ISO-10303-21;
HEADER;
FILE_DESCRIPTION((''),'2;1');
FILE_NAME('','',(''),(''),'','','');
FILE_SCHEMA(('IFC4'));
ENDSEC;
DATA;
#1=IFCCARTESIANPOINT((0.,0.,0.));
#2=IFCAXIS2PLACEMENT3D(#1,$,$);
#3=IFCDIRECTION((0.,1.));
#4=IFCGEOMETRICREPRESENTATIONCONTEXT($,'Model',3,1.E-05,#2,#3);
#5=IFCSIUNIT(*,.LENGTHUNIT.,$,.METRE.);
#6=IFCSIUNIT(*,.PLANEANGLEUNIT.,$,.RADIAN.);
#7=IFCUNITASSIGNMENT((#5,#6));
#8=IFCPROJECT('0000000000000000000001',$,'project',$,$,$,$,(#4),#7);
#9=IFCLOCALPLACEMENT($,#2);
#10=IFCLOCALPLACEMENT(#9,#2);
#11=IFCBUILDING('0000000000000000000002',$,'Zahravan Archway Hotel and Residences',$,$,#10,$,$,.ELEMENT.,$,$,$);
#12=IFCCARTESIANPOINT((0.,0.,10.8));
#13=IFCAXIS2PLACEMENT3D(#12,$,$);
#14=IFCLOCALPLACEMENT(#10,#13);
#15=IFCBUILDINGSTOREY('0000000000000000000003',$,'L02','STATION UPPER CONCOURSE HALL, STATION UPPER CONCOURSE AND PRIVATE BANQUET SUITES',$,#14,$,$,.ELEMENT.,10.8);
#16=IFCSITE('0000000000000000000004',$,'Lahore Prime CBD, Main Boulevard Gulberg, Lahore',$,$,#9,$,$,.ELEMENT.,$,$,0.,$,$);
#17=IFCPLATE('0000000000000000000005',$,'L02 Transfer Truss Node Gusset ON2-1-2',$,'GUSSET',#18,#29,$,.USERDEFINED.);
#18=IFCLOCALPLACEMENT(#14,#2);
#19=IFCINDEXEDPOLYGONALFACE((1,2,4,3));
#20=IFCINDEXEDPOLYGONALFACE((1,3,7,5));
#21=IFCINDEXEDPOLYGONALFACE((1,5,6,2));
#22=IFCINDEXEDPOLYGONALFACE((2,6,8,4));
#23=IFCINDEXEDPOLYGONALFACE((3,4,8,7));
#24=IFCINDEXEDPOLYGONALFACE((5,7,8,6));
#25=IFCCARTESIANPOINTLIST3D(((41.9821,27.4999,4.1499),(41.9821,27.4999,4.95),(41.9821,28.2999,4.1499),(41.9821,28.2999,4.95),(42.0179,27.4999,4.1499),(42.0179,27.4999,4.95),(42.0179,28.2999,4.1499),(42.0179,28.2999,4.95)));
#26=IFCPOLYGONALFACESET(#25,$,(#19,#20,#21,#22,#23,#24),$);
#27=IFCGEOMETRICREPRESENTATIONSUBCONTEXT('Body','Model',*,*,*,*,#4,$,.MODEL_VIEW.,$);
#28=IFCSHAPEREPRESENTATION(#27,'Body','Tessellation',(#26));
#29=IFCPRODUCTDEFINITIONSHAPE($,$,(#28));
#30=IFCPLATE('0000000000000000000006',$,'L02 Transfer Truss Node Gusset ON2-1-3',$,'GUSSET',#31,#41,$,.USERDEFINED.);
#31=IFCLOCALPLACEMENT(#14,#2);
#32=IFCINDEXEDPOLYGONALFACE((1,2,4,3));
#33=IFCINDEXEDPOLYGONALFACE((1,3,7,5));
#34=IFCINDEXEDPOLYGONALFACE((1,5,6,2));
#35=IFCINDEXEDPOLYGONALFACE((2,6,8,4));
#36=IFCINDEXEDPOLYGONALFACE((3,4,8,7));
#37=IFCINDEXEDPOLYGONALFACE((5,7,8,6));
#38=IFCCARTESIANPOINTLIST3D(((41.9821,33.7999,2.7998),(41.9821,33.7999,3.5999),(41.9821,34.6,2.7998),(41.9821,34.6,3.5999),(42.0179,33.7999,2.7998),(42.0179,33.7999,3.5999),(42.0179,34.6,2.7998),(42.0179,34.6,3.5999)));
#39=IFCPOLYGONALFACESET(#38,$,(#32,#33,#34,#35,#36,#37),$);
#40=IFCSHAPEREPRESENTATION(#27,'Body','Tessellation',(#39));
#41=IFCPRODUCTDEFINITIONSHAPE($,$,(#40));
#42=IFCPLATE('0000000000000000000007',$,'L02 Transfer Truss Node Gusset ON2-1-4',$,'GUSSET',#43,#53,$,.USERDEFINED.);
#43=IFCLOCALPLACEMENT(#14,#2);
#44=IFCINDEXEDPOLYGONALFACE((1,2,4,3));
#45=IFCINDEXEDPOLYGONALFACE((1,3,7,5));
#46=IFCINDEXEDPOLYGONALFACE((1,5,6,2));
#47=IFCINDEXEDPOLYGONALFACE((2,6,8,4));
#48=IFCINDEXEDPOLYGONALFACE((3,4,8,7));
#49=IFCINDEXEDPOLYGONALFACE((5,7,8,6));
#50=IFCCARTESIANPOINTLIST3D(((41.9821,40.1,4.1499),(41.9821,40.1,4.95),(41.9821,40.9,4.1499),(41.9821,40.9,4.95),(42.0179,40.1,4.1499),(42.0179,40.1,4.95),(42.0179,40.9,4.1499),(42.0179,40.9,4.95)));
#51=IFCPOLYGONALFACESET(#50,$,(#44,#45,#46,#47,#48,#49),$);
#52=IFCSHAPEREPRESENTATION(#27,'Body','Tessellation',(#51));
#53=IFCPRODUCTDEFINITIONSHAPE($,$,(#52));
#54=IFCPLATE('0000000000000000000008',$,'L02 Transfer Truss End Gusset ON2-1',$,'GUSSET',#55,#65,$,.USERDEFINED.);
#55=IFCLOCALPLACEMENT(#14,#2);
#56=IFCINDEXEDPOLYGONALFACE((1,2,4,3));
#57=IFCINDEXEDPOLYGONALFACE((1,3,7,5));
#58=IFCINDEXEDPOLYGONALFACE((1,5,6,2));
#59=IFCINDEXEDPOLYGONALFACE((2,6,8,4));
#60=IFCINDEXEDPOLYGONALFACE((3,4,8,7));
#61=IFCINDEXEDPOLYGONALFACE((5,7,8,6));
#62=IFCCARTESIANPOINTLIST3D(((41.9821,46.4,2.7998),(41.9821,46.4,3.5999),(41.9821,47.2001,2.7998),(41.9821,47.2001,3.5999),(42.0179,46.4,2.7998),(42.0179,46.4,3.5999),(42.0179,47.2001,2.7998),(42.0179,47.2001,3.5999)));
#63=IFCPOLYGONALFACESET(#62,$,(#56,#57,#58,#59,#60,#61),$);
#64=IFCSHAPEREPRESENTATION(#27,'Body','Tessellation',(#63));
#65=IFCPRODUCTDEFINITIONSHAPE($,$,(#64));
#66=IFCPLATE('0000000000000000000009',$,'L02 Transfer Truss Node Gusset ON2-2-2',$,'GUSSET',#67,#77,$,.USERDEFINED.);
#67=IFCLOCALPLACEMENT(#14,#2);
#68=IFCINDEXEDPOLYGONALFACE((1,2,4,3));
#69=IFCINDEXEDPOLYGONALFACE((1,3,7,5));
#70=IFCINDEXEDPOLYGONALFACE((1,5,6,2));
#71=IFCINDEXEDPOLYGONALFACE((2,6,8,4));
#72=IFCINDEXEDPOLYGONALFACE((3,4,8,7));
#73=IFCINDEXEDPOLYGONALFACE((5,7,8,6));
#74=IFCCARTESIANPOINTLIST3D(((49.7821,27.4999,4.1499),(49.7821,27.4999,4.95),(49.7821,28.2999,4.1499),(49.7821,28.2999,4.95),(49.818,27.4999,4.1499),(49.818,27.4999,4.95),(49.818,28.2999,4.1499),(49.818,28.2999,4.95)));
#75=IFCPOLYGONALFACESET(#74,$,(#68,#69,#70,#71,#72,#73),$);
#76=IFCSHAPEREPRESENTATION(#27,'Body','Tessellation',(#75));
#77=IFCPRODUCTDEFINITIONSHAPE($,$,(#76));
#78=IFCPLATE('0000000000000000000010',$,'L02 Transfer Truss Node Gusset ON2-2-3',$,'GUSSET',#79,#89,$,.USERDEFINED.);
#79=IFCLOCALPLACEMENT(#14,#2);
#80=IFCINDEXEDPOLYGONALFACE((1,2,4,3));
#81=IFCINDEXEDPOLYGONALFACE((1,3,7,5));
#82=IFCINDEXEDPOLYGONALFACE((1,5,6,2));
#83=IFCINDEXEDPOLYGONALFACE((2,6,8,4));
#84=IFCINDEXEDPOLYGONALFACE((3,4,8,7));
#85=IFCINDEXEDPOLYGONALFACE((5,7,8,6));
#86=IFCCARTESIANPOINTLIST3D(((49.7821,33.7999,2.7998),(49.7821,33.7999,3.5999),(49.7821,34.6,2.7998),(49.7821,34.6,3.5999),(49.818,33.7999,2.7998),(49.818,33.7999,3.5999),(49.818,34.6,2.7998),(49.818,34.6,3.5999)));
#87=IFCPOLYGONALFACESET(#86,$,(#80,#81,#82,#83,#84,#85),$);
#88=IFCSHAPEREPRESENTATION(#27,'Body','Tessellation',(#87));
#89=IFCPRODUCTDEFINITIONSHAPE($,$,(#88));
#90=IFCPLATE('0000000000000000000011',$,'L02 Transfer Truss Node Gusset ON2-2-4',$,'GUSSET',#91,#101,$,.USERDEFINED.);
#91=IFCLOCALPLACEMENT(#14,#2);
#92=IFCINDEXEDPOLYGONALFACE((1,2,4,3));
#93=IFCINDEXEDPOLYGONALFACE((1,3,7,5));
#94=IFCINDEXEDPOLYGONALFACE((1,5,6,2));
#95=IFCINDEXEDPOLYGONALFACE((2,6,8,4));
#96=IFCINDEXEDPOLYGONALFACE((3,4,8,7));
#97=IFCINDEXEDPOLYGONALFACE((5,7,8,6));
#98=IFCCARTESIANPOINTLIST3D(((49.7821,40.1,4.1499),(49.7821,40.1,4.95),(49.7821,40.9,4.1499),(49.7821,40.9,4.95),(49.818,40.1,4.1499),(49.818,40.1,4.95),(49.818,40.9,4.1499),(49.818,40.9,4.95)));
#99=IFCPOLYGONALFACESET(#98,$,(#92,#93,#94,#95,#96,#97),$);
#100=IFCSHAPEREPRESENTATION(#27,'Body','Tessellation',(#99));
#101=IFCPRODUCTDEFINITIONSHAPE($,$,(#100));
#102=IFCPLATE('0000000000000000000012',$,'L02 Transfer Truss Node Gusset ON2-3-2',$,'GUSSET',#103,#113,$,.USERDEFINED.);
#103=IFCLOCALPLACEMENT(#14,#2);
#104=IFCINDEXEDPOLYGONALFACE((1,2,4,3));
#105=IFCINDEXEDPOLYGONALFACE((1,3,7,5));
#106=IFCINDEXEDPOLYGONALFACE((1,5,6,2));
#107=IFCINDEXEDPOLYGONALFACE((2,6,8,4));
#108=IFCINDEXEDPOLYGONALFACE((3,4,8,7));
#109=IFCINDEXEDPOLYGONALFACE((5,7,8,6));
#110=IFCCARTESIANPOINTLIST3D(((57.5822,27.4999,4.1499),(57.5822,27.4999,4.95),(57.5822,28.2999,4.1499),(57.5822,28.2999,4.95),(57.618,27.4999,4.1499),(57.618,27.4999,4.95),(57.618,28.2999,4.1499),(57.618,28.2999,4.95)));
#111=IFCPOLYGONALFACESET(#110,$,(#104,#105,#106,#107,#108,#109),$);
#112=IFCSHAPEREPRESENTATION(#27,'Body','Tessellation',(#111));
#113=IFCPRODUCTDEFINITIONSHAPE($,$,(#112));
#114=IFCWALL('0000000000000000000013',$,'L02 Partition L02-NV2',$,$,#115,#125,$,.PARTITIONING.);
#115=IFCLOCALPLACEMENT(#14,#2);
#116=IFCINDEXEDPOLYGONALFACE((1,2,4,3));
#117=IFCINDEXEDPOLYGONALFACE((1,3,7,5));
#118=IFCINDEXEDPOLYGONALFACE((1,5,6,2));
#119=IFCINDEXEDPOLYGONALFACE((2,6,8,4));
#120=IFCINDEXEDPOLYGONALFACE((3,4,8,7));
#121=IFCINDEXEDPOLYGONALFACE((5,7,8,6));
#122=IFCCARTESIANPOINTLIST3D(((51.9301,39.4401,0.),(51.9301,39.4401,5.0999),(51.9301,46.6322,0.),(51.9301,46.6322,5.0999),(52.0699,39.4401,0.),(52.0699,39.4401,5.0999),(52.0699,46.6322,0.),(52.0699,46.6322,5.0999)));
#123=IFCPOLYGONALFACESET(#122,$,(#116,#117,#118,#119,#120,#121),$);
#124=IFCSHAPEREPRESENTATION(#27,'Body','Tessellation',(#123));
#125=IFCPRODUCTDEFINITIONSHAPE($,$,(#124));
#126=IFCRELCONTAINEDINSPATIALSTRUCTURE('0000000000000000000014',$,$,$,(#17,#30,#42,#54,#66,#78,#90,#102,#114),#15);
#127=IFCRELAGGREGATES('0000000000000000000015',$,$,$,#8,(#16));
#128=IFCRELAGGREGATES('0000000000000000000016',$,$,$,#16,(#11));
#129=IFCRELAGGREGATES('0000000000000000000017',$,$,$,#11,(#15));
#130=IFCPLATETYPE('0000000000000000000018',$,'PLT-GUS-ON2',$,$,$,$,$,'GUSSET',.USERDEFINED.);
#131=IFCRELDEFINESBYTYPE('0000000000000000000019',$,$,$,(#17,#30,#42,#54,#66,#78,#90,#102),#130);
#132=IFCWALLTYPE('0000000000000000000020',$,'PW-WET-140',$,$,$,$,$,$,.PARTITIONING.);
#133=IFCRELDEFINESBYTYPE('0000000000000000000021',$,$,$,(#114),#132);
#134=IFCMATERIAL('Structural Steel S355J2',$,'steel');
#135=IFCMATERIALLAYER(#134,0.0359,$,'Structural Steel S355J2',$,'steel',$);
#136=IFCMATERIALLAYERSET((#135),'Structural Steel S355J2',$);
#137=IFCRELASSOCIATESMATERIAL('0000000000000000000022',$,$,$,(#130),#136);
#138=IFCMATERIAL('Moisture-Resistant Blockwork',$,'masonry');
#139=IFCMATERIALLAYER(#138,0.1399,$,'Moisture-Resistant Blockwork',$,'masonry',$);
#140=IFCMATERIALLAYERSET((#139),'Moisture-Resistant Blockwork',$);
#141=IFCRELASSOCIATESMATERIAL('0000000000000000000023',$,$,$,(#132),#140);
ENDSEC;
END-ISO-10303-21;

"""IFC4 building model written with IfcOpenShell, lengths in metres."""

from ifc_helpers import new_model, si_unit, direction, frame, frame_2d, origin, origin_2d, place, context, subcontext, project, spatial, rectangle, extrude, source, transform, mapped, material, layer, layer_set, type_object, type_shapes, element, save


model = new_model("IFC4")

# Units and contexts
model_context = context("Model", 3, precision=1e-05, world=origin(), true_north=direction((0.0, 1.0)))
body_context = subcontext(model_context, "Body", "Model", "MODEL_VIEW")
ifc_project = project(units=[si_unit("LENGTHUNIT", "METRE"), si_unit("PLANEANGLEUNIT", "RADIAN")], contexts=[model_context])

# Site, building, storey
site_placement = place(None, origin())
site = spatial("IfcSite", under=ifc_project, at=site_placement, Name="Lahore Prime CBD, Main Boulevard Gulberg, Lahore", CompositionType="ELEMENT", RefElevation=0.0)
building_placement = place(site_placement, origin())
building = spatial("IfcBuilding", under=site, at=building_placement, Name="Zahravan Archway Hotel and Residences", CompositionType="ELEMENT")
storey_placement = place(building_placement, frame((0.0, 0.0, 10.8)))
storey = spatial("IfcBuildingStorey", under=building, at=storey_placement, Name="L02", Description="STATION UPPER CONCOURSE HALL, STATION UPPER CONCOURSE AND PRIVATE BANQUET SUITES", CompositionType="ELEMENT", Elevation=10.8)

# Shared definitions
ifc_material_1 = material(Name="Structural Steel S355J2", Category="steel")

# Plates
ifc_layer_1 = layer(ifc_material_1, 0.0359, Name="Structural Steel S355J2", Category="steel")
ifc_layer_set_1 = layer_set([ifc_layer_1], Name="Structural Steel S355J2")
plate_type = type_object("IfcPlateType", Name="PLT-GUS-ON2", ElementType="GUSSET", PredefinedType="USERDEFINED", material=ifc_layer_set_1)
shared_shape_1 = source(origin(), body_context, "Body", "SweptSolid", [
    extrude(rectangle(XDim=0.8, YDim=0.0359, at=origin_2d()), origin(), (0.0, 0.0, 1.0), 0.8),
])
type_shapes(plate_type, [shared_shape_1])
for number, where, z_axis, x_axis, name in (
    (1, (42.0, 27.8999, 4.1499), (0.0, 0.0, 1.0), (0.0, 1.0, 0.0), "L02 Transfer Truss Node Gusset ON2-1-2"),
    (2, (42.0, 34.2, 2.7998), (0.0, 0.0, 1.0), (0.0, 1.0, 0.0), "L02 Transfer Truss Node Gusset ON2-1-3"),
    (3, (42.0, 40.5, 4.1499), (0.0, 0.0, 1.0), (0.0, 1.0, 0.0), "L02 Transfer Truss Node Gusset ON2-1-4"),
    (4, (42.0, 46.8, 2.7998), (0.0, 0.0, 1.0), (0.0, 1.0, 0.0), "L02 Transfer Truss End Gusset ON2-1"),
    (5, (49.8, 27.8999, 4.1499), (0.0, 0.0, 1.0), (0.0, 1.0, 0.0), "L02 Transfer Truss Node Gusset ON2-2-2"),
    (6, (49.8, 34.2, 2.7998), (0.0, 0.0, 1.0), (0.0, 1.0, 0.0), "L02 Transfer Truss Node Gusset ON2-2-3"),
    (7, (49.8, 40.5, 4.1499), (0.0, 0.0, 1.0), (0.0, 1.0, 0.0), "L02 Transfer Truss Node Gusset ON2-2-4"),
    (8, (57.6001, 27.8999, 4.1499), (0.0, 0.0, 1.0), (0.0, 1.0, 0.0), "L02 Transfer Truss Node Gusset ON2-3-2"),
):
    element("IfcPlate", number, at=place(storey_placement, frame(where, z_axis=z_axis, x_axis=x_axis)), inside=storey, type_object=plate_type, Name=name, ObjectType="GUSSET", PredefinedType="USERDEFINED", context=body_context, shape_type="MappedRepresentation", body=[
        mapped(shared_shape_1, transform((0.0, 0.0, 0.0), scale=1.0)),
    ])

# Wall
ifc_material_2 = material(Name="Moisture-Resistant Blockwork", Category="masonry")
ifc_layer_2 = layer(ifc_material_2, 0.1399, Name="Moisture-Resistant Blockwork", Category="masonry")
ifc_layer_set_2 = layer_set([ifc_layer_2], Name="Moisture-Resistant Blockwork")
wall_type = type_object("IfcWallType", Name="PW-WET-140", PredefinedType="PARTITIONING", material=ifc_layer_set_2)
wall_placement = place(storey_placement, frame((52.0, 39.4399, 0.0), z_axis=(0.0, 0.0, 1.0), x_axis=(0.0, 1.0, 0.0)))
element("IfcWall", 9, at=wall_placement, inside=storey, type_object=wall_type, Name="L02 Partition L02-NV2", PredefinedType="PARTITIONING", context=body_context, shape_type="SweptSolid", body=[
    extrude(rectangle(XDim=7.1921, YDim=0.1399, at=frame_2d((3.5962, 0.0))), origin(), (0.0, 0.0, 1.0), 5.0999),
])

save(model, "model.ifc")
